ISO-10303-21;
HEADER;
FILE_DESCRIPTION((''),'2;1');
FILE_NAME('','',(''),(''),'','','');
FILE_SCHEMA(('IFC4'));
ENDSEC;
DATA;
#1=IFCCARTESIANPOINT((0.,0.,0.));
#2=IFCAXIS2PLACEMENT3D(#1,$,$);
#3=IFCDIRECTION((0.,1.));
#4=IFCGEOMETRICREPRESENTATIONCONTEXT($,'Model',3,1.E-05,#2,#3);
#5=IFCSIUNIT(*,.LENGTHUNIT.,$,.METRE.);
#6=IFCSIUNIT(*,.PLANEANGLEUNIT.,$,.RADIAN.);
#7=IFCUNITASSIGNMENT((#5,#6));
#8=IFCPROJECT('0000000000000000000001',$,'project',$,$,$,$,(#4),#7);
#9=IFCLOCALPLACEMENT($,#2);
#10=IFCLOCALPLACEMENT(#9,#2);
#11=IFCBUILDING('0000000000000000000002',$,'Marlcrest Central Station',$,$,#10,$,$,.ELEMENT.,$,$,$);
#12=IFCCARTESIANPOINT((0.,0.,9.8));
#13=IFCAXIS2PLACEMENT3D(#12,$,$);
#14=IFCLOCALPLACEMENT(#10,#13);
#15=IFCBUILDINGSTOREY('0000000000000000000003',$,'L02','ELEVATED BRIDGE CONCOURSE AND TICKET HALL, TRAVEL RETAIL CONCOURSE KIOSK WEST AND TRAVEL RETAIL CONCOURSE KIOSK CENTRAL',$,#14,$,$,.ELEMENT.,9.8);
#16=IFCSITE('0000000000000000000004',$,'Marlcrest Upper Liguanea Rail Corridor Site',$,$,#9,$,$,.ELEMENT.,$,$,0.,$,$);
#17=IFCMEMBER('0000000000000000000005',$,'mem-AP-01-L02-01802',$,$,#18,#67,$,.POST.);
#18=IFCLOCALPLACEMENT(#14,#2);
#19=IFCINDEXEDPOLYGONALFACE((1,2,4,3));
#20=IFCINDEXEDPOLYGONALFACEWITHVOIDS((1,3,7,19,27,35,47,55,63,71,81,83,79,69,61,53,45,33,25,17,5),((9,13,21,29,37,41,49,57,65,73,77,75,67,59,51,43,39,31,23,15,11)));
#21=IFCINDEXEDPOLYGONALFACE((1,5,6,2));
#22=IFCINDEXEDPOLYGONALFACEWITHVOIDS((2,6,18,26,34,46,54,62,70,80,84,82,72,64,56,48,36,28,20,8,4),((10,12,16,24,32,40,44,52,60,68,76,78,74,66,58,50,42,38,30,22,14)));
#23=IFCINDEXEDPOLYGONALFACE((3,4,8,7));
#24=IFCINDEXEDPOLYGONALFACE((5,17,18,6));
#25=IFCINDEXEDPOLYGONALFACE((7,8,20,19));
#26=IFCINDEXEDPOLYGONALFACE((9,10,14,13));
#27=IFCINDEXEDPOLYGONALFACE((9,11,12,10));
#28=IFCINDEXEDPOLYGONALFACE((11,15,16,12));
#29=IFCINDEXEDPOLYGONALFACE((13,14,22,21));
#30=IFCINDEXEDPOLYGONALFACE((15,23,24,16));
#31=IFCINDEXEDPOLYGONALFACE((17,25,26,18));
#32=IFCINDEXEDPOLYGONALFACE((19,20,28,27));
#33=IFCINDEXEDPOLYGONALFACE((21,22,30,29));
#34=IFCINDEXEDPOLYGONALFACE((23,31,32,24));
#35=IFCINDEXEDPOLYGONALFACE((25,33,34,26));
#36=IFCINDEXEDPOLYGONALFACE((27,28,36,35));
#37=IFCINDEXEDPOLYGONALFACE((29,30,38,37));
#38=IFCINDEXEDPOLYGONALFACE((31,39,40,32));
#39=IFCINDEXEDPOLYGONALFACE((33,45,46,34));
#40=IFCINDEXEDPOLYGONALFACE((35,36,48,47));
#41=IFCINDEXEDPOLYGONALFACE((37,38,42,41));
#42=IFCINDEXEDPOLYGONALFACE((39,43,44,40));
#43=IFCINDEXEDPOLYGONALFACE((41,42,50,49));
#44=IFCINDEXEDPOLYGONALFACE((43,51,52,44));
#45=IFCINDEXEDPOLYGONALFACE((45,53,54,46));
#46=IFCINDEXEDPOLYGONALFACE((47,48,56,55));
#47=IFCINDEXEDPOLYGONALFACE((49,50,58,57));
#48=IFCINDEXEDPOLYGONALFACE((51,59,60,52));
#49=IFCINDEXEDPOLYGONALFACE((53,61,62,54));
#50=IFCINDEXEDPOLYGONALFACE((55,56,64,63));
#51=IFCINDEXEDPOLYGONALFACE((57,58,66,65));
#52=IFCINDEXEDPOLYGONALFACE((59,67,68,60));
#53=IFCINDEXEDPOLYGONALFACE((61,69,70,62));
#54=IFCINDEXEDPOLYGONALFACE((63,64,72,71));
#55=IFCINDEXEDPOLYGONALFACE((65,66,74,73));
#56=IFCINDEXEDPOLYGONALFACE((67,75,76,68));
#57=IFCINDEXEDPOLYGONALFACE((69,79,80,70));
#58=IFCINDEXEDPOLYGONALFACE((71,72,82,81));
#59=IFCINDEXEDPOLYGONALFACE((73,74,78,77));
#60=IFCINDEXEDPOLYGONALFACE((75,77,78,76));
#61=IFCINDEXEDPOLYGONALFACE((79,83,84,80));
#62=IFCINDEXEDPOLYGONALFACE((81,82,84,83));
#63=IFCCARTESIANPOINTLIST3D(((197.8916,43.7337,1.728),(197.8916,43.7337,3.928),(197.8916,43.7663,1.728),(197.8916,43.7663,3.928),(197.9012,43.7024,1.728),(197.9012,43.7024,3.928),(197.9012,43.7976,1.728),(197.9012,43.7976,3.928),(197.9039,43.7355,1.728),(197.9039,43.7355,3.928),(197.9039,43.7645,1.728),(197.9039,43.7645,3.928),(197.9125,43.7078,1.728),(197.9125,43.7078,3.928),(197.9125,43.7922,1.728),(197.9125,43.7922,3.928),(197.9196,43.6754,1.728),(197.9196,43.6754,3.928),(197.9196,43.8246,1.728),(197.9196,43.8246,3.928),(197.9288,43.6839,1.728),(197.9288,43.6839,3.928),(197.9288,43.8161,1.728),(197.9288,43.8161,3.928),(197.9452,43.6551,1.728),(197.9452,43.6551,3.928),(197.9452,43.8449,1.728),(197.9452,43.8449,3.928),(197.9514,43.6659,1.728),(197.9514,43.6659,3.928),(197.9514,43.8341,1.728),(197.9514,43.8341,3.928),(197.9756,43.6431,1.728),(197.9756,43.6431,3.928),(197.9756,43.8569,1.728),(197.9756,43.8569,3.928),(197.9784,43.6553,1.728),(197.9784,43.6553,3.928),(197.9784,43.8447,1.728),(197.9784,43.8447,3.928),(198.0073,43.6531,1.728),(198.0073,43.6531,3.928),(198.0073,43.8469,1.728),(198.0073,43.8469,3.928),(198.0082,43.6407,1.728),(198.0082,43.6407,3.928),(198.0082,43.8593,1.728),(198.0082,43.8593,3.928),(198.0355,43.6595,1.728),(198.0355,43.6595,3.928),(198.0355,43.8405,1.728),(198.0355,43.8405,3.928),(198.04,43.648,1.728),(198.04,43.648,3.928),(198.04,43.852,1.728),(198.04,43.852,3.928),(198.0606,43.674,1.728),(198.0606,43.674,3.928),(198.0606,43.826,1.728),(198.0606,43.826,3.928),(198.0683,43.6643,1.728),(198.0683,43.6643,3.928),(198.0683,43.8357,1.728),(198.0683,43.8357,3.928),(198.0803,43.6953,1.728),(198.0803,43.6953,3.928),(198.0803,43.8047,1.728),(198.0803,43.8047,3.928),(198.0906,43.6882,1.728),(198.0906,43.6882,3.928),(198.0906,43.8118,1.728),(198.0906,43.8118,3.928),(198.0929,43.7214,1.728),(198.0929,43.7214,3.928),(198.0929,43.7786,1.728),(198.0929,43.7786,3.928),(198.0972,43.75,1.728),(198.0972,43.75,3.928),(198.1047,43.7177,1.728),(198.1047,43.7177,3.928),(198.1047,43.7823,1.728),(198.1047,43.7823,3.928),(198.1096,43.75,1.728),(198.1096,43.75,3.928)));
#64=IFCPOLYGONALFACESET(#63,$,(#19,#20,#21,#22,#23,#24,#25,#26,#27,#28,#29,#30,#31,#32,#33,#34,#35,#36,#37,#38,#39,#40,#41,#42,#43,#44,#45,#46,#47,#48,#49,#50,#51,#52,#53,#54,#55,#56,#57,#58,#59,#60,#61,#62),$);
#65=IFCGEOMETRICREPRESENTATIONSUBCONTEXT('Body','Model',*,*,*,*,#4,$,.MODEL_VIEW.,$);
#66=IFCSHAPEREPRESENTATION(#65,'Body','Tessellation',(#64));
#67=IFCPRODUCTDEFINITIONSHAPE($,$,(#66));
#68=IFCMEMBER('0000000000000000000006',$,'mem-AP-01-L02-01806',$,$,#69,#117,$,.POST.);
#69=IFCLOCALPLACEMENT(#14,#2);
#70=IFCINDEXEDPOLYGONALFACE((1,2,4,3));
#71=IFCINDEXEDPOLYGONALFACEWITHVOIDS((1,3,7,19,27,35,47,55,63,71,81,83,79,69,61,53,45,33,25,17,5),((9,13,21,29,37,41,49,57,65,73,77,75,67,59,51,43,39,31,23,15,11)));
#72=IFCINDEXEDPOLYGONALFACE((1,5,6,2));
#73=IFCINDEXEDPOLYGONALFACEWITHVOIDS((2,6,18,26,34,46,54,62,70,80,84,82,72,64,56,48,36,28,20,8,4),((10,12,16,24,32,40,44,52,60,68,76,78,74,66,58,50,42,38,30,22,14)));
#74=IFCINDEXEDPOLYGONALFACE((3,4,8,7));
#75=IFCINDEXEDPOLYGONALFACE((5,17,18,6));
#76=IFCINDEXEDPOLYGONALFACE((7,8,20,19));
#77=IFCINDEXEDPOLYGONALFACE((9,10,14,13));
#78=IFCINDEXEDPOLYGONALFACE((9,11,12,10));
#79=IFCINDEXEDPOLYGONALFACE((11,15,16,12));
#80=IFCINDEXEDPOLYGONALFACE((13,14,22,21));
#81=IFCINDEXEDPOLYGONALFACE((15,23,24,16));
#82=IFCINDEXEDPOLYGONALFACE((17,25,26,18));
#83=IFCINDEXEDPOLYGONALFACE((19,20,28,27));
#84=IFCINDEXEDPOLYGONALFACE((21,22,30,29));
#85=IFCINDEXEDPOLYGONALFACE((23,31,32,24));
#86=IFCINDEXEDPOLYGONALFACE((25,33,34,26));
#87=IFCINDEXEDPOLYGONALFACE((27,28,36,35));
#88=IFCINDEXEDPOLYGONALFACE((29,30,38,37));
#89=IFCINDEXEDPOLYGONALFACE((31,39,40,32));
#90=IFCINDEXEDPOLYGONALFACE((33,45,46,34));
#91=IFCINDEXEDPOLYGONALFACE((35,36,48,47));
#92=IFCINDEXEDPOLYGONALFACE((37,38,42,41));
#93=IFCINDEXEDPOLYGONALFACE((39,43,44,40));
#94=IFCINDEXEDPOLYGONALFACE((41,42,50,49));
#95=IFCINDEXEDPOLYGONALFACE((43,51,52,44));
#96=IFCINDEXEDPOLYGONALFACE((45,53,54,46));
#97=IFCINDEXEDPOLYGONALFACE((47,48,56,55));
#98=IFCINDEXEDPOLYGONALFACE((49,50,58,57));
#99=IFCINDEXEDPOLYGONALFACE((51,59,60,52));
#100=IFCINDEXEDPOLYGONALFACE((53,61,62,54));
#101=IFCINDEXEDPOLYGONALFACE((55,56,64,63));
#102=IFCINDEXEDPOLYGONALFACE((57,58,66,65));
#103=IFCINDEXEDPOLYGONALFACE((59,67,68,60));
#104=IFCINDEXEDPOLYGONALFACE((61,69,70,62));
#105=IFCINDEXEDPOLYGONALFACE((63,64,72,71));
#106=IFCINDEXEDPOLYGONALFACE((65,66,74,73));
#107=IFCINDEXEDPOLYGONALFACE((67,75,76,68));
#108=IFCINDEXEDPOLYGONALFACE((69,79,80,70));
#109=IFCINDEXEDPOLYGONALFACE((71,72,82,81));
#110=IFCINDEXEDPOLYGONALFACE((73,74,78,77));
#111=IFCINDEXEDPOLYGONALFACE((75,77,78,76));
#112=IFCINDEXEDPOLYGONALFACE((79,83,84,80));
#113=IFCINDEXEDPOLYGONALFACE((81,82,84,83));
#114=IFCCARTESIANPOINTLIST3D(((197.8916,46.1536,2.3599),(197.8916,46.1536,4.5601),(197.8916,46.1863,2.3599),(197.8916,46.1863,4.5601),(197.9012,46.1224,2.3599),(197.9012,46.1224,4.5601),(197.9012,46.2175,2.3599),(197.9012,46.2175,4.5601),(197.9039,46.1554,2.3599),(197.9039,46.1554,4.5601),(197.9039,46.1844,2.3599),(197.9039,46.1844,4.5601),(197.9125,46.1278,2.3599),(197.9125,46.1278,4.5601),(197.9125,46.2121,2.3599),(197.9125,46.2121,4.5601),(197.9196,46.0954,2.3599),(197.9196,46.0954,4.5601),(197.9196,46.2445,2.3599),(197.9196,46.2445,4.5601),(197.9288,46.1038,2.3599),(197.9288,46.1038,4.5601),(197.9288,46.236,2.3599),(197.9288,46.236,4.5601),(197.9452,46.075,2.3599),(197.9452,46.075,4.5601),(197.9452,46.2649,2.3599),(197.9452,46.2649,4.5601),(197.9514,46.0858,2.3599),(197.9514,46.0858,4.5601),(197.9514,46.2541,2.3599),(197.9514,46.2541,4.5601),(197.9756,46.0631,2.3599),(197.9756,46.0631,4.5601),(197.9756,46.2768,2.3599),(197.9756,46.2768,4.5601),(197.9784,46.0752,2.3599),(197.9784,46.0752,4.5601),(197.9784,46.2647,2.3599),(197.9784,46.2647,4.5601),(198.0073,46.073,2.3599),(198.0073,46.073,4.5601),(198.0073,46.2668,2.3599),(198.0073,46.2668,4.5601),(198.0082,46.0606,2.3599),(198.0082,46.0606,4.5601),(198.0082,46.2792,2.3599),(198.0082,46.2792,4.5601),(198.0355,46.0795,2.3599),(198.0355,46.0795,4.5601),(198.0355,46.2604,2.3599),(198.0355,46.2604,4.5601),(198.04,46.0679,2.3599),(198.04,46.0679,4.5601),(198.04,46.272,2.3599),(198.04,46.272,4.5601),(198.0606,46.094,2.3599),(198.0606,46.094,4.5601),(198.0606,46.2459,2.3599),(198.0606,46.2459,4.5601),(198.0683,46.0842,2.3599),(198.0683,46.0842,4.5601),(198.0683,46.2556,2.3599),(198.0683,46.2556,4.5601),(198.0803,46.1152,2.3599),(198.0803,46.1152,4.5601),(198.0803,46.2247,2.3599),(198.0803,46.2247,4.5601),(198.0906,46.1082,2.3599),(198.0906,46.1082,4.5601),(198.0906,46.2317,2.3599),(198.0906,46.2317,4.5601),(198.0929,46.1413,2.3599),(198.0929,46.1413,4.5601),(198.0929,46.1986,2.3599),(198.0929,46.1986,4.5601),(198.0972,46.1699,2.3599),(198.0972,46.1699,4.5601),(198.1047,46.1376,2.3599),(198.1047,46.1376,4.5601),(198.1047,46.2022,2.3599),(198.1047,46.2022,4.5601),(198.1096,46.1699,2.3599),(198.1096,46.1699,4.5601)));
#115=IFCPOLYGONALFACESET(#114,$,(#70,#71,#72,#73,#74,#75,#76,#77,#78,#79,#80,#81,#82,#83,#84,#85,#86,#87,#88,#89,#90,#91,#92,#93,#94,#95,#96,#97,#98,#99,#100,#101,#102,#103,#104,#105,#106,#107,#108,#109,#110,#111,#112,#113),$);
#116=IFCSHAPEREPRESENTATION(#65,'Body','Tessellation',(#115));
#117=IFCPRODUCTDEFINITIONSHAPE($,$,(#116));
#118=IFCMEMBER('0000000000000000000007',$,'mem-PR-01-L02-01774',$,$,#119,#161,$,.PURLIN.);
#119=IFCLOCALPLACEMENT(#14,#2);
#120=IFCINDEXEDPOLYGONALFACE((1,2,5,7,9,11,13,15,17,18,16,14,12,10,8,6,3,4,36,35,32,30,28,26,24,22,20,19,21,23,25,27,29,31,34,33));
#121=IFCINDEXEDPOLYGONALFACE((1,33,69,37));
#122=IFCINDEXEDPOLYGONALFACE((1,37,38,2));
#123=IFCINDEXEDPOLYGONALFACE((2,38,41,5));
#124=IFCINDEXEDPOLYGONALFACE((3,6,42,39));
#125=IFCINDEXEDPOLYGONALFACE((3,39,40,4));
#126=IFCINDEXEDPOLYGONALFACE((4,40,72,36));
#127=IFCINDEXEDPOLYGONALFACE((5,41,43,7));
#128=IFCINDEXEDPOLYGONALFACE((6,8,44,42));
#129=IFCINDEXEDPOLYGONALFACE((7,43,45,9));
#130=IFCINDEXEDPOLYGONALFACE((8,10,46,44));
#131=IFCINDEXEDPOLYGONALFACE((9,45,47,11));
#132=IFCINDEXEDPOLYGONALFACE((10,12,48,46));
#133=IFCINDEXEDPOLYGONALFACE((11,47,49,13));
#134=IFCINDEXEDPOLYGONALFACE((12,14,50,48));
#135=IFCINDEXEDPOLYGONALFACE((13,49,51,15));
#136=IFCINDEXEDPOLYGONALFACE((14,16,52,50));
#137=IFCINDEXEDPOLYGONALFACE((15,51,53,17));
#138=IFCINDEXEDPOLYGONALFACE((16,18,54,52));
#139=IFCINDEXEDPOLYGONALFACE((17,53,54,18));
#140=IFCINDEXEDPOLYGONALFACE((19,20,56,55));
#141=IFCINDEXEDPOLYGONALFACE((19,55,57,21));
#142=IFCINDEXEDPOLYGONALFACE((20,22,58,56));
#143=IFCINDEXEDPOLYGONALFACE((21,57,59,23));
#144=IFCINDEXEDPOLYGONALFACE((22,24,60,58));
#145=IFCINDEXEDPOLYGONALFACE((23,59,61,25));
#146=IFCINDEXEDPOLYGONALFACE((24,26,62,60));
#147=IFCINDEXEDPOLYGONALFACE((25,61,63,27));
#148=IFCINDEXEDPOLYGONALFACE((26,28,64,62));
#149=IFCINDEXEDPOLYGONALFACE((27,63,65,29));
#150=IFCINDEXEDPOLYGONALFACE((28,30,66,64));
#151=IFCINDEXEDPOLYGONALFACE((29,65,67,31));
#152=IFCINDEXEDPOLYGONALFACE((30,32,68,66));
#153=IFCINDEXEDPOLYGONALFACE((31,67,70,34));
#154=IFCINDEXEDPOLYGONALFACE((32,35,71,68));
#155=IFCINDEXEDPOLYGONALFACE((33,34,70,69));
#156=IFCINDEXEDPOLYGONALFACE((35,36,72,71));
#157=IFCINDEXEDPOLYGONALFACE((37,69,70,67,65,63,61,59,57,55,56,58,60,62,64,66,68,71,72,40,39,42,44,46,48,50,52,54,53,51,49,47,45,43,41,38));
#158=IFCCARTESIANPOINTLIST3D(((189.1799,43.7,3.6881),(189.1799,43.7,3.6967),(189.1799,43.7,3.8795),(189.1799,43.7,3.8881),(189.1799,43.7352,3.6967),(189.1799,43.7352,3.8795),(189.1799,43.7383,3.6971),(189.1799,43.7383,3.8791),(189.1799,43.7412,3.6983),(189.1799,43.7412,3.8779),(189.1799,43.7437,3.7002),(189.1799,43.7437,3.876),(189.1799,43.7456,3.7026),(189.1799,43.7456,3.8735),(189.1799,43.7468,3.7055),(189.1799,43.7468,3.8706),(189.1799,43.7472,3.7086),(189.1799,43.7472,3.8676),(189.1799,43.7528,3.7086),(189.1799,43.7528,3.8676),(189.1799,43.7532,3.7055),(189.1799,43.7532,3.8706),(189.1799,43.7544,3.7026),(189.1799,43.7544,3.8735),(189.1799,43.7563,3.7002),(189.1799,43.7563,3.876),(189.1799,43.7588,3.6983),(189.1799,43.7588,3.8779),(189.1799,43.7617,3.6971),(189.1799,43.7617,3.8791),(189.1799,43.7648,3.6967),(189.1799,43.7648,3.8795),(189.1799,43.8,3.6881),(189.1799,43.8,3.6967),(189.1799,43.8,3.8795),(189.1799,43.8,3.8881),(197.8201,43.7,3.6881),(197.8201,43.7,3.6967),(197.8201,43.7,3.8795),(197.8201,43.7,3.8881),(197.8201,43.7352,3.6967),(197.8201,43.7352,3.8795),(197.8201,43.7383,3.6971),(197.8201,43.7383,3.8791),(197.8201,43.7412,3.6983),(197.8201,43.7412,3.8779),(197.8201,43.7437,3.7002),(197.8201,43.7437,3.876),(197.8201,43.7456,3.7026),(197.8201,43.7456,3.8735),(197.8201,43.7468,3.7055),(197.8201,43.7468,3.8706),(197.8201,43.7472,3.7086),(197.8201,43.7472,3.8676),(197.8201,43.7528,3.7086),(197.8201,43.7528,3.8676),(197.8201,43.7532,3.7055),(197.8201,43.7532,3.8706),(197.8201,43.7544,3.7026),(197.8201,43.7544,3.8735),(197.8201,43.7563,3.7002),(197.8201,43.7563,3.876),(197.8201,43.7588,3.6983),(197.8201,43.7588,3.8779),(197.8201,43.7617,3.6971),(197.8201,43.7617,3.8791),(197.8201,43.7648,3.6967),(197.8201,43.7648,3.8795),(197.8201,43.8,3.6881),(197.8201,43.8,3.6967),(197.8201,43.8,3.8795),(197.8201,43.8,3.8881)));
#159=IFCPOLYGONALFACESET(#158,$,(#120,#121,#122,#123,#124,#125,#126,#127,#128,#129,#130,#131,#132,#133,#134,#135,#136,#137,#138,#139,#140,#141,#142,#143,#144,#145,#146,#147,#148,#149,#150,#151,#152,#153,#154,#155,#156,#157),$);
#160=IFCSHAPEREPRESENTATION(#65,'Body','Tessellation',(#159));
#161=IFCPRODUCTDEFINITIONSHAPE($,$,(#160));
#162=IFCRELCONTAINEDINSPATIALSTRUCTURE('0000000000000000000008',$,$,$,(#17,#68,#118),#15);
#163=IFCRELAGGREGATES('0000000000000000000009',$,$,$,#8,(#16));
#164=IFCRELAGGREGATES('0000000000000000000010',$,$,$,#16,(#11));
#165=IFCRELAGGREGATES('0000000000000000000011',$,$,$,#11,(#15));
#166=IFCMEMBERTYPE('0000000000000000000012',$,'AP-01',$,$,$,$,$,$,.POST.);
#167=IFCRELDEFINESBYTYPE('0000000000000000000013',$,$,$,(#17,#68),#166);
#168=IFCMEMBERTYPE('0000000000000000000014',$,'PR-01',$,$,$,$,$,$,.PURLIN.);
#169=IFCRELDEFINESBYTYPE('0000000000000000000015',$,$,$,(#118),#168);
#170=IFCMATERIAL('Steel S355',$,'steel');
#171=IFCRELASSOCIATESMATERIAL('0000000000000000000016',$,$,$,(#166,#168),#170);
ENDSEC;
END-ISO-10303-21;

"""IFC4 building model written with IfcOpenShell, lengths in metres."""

from ifc_helpers import new_model, si_unit, direction, frame, origin, origin_2d, place, context, subcontext, project, spatial, hollow_circle, i_section, extrude, material, material_profile, profile_set, type_object, element, save


model = new_model("IFC4")

# Units and contexts
model_context = context("Model", 3, precision=1e-05, world=origin(), true_north=direction((0.0, 1.0)))
body_context = subcontext(model_context, "Body", "Model", "MODEL_VIEW")
ifc_project = project(units=[si_unit("LENGTHUNIT", "METRE"), si_unit("PLANEANGLEUNIT", "RADIAN")], contexts=[model_context])

# Site, building, storey
site_placement = place(None, origin())
site = spatial("IfcSite", under=ifc_project, at=site_placement, Name="Marlcrest Upper Liguanea Rail Corridor Site", CompositionType="ELEMENT", RefElevation=0.0)
building_placement = place(site_placement, origin())
building = spatial("IfcBuilding", under=site, at=building_placement, Name="Marlcrest Central Station", CompositionType="ELEMENT")
storey_placement = place(building_placement, frame((0.0, 0.0, 9.8)))
storey = spatial("IfcBuildingStorey", under=building, at=storey_placement, Name="L02", Description="ELEVATED BRIDGE CONCOURSE AND TICKET HALL, TRAVEL RETAIL CONCOURSE KIOSK WEST AND TRAVEL RETAIL CONCOURSE KIOSK CENTRAL", CompositionType="ELEMENT", Elevation=9.8)

# Members
ifc_material_1 = material(Name="Steel S355", Category="steel")
ifc_material_profile_1 = material_profile(ifc_material_1, hollow_circle(Radius=0.1096, WallThickness=0.0125, at=origin_2d()), Name="CHS 219.1x12.5")
ifc_profile_set_1 = profile_set([ifc_material_profile_1], Name="Steel S355")
member_type_1 = type_object("IfcMemberType", Name="AP-01", PredefinedType="POST", material=ifc_profile_set_1)
for number, where, z_axis, x_axis, name in (
    (1, (198.0, 43.75, 1.728), (0.0, 0.0, 1.0), (1.0, 0.0, 0.0), "mem-AP-01-L02-01802"),
):
    element("IfcMember", number, at=place(storey_placement, frame(where, z_axis=z_axis, x_axis=x_axis)), inside=storey, type_object=member_type_1, Name=name, PredefinedType="POST", context=body_context, shape_type="SweptSolid", body=[
        extrude(hollow_circle(Radius=0.1096, WallThickness=0.0125, at=origin_2d()), origin(), (0.0, 0.0, 1.0), 2.2),
    ])
member_1_placement = place(storey_placement, frame((198.0, 46.1699, 2.3599), z_axis=(0.0, 0.0, 1.0), x_axis=(1.0, 0.0, 0.0)))
element("IfcMember", 2, at=member_1_placement, inside=storey, type_object=member_type_1, Name="mem-AP-01-L02-01806", PredefinedType="POST", context=body_context, shape_type="SweptSolid", body=[
    extrude(hollow_circle(Radius=0.1096, WallThickness=0.0125, at=origin_2d()), origin(), (0.0, 0.0, 1.0), 2.2002),
])
ifc_material_profile_2 = material_profile(ifc_material_1, i_section(OverallWidth=0.1001, OverallDepth=0.2, WebThickness=0.0056, FlangeThickness=0.0085, FilletRadius=0.012, at=origin_2d()), Name="IPE 200")
ifc_profile_set_2 = profile_set([ifc_material_profile_2], Name="Steel S355")
member_type_2 = type_object("IfcMemberType", Name="PR-01", PredefinedType="PURLIN", material=ifc_profile_set_2)
for number, where, z_axis, x_axis, name in (
    (3, (189.1799, 43.75, 3.7881), (1.0, 0.0, 0.0), (0.0, 1.0, 0.0), "mem-PR-01-L02-01774"),
):
    element("IfcMember", number, at=place(storey_placement, frame(where, z_axis=z_axis, x_axis=x_axis)), inside=storey, type_object=member_type_2, Name=name, PredefinedType="PURLIN", context=body_context, shape_type="SweptSolid", body=[
        extrude(i_section(OverallWidth=0.1001, OverallDepth=0.2, WebThickness=0.0056, FlangeThickness=0.0085, FilletRadius=0.012, at=origin_2d()), origin(), (0.0, 0.0, 1.0), 8.6401),
    ])

save(model, "model.ifc")
